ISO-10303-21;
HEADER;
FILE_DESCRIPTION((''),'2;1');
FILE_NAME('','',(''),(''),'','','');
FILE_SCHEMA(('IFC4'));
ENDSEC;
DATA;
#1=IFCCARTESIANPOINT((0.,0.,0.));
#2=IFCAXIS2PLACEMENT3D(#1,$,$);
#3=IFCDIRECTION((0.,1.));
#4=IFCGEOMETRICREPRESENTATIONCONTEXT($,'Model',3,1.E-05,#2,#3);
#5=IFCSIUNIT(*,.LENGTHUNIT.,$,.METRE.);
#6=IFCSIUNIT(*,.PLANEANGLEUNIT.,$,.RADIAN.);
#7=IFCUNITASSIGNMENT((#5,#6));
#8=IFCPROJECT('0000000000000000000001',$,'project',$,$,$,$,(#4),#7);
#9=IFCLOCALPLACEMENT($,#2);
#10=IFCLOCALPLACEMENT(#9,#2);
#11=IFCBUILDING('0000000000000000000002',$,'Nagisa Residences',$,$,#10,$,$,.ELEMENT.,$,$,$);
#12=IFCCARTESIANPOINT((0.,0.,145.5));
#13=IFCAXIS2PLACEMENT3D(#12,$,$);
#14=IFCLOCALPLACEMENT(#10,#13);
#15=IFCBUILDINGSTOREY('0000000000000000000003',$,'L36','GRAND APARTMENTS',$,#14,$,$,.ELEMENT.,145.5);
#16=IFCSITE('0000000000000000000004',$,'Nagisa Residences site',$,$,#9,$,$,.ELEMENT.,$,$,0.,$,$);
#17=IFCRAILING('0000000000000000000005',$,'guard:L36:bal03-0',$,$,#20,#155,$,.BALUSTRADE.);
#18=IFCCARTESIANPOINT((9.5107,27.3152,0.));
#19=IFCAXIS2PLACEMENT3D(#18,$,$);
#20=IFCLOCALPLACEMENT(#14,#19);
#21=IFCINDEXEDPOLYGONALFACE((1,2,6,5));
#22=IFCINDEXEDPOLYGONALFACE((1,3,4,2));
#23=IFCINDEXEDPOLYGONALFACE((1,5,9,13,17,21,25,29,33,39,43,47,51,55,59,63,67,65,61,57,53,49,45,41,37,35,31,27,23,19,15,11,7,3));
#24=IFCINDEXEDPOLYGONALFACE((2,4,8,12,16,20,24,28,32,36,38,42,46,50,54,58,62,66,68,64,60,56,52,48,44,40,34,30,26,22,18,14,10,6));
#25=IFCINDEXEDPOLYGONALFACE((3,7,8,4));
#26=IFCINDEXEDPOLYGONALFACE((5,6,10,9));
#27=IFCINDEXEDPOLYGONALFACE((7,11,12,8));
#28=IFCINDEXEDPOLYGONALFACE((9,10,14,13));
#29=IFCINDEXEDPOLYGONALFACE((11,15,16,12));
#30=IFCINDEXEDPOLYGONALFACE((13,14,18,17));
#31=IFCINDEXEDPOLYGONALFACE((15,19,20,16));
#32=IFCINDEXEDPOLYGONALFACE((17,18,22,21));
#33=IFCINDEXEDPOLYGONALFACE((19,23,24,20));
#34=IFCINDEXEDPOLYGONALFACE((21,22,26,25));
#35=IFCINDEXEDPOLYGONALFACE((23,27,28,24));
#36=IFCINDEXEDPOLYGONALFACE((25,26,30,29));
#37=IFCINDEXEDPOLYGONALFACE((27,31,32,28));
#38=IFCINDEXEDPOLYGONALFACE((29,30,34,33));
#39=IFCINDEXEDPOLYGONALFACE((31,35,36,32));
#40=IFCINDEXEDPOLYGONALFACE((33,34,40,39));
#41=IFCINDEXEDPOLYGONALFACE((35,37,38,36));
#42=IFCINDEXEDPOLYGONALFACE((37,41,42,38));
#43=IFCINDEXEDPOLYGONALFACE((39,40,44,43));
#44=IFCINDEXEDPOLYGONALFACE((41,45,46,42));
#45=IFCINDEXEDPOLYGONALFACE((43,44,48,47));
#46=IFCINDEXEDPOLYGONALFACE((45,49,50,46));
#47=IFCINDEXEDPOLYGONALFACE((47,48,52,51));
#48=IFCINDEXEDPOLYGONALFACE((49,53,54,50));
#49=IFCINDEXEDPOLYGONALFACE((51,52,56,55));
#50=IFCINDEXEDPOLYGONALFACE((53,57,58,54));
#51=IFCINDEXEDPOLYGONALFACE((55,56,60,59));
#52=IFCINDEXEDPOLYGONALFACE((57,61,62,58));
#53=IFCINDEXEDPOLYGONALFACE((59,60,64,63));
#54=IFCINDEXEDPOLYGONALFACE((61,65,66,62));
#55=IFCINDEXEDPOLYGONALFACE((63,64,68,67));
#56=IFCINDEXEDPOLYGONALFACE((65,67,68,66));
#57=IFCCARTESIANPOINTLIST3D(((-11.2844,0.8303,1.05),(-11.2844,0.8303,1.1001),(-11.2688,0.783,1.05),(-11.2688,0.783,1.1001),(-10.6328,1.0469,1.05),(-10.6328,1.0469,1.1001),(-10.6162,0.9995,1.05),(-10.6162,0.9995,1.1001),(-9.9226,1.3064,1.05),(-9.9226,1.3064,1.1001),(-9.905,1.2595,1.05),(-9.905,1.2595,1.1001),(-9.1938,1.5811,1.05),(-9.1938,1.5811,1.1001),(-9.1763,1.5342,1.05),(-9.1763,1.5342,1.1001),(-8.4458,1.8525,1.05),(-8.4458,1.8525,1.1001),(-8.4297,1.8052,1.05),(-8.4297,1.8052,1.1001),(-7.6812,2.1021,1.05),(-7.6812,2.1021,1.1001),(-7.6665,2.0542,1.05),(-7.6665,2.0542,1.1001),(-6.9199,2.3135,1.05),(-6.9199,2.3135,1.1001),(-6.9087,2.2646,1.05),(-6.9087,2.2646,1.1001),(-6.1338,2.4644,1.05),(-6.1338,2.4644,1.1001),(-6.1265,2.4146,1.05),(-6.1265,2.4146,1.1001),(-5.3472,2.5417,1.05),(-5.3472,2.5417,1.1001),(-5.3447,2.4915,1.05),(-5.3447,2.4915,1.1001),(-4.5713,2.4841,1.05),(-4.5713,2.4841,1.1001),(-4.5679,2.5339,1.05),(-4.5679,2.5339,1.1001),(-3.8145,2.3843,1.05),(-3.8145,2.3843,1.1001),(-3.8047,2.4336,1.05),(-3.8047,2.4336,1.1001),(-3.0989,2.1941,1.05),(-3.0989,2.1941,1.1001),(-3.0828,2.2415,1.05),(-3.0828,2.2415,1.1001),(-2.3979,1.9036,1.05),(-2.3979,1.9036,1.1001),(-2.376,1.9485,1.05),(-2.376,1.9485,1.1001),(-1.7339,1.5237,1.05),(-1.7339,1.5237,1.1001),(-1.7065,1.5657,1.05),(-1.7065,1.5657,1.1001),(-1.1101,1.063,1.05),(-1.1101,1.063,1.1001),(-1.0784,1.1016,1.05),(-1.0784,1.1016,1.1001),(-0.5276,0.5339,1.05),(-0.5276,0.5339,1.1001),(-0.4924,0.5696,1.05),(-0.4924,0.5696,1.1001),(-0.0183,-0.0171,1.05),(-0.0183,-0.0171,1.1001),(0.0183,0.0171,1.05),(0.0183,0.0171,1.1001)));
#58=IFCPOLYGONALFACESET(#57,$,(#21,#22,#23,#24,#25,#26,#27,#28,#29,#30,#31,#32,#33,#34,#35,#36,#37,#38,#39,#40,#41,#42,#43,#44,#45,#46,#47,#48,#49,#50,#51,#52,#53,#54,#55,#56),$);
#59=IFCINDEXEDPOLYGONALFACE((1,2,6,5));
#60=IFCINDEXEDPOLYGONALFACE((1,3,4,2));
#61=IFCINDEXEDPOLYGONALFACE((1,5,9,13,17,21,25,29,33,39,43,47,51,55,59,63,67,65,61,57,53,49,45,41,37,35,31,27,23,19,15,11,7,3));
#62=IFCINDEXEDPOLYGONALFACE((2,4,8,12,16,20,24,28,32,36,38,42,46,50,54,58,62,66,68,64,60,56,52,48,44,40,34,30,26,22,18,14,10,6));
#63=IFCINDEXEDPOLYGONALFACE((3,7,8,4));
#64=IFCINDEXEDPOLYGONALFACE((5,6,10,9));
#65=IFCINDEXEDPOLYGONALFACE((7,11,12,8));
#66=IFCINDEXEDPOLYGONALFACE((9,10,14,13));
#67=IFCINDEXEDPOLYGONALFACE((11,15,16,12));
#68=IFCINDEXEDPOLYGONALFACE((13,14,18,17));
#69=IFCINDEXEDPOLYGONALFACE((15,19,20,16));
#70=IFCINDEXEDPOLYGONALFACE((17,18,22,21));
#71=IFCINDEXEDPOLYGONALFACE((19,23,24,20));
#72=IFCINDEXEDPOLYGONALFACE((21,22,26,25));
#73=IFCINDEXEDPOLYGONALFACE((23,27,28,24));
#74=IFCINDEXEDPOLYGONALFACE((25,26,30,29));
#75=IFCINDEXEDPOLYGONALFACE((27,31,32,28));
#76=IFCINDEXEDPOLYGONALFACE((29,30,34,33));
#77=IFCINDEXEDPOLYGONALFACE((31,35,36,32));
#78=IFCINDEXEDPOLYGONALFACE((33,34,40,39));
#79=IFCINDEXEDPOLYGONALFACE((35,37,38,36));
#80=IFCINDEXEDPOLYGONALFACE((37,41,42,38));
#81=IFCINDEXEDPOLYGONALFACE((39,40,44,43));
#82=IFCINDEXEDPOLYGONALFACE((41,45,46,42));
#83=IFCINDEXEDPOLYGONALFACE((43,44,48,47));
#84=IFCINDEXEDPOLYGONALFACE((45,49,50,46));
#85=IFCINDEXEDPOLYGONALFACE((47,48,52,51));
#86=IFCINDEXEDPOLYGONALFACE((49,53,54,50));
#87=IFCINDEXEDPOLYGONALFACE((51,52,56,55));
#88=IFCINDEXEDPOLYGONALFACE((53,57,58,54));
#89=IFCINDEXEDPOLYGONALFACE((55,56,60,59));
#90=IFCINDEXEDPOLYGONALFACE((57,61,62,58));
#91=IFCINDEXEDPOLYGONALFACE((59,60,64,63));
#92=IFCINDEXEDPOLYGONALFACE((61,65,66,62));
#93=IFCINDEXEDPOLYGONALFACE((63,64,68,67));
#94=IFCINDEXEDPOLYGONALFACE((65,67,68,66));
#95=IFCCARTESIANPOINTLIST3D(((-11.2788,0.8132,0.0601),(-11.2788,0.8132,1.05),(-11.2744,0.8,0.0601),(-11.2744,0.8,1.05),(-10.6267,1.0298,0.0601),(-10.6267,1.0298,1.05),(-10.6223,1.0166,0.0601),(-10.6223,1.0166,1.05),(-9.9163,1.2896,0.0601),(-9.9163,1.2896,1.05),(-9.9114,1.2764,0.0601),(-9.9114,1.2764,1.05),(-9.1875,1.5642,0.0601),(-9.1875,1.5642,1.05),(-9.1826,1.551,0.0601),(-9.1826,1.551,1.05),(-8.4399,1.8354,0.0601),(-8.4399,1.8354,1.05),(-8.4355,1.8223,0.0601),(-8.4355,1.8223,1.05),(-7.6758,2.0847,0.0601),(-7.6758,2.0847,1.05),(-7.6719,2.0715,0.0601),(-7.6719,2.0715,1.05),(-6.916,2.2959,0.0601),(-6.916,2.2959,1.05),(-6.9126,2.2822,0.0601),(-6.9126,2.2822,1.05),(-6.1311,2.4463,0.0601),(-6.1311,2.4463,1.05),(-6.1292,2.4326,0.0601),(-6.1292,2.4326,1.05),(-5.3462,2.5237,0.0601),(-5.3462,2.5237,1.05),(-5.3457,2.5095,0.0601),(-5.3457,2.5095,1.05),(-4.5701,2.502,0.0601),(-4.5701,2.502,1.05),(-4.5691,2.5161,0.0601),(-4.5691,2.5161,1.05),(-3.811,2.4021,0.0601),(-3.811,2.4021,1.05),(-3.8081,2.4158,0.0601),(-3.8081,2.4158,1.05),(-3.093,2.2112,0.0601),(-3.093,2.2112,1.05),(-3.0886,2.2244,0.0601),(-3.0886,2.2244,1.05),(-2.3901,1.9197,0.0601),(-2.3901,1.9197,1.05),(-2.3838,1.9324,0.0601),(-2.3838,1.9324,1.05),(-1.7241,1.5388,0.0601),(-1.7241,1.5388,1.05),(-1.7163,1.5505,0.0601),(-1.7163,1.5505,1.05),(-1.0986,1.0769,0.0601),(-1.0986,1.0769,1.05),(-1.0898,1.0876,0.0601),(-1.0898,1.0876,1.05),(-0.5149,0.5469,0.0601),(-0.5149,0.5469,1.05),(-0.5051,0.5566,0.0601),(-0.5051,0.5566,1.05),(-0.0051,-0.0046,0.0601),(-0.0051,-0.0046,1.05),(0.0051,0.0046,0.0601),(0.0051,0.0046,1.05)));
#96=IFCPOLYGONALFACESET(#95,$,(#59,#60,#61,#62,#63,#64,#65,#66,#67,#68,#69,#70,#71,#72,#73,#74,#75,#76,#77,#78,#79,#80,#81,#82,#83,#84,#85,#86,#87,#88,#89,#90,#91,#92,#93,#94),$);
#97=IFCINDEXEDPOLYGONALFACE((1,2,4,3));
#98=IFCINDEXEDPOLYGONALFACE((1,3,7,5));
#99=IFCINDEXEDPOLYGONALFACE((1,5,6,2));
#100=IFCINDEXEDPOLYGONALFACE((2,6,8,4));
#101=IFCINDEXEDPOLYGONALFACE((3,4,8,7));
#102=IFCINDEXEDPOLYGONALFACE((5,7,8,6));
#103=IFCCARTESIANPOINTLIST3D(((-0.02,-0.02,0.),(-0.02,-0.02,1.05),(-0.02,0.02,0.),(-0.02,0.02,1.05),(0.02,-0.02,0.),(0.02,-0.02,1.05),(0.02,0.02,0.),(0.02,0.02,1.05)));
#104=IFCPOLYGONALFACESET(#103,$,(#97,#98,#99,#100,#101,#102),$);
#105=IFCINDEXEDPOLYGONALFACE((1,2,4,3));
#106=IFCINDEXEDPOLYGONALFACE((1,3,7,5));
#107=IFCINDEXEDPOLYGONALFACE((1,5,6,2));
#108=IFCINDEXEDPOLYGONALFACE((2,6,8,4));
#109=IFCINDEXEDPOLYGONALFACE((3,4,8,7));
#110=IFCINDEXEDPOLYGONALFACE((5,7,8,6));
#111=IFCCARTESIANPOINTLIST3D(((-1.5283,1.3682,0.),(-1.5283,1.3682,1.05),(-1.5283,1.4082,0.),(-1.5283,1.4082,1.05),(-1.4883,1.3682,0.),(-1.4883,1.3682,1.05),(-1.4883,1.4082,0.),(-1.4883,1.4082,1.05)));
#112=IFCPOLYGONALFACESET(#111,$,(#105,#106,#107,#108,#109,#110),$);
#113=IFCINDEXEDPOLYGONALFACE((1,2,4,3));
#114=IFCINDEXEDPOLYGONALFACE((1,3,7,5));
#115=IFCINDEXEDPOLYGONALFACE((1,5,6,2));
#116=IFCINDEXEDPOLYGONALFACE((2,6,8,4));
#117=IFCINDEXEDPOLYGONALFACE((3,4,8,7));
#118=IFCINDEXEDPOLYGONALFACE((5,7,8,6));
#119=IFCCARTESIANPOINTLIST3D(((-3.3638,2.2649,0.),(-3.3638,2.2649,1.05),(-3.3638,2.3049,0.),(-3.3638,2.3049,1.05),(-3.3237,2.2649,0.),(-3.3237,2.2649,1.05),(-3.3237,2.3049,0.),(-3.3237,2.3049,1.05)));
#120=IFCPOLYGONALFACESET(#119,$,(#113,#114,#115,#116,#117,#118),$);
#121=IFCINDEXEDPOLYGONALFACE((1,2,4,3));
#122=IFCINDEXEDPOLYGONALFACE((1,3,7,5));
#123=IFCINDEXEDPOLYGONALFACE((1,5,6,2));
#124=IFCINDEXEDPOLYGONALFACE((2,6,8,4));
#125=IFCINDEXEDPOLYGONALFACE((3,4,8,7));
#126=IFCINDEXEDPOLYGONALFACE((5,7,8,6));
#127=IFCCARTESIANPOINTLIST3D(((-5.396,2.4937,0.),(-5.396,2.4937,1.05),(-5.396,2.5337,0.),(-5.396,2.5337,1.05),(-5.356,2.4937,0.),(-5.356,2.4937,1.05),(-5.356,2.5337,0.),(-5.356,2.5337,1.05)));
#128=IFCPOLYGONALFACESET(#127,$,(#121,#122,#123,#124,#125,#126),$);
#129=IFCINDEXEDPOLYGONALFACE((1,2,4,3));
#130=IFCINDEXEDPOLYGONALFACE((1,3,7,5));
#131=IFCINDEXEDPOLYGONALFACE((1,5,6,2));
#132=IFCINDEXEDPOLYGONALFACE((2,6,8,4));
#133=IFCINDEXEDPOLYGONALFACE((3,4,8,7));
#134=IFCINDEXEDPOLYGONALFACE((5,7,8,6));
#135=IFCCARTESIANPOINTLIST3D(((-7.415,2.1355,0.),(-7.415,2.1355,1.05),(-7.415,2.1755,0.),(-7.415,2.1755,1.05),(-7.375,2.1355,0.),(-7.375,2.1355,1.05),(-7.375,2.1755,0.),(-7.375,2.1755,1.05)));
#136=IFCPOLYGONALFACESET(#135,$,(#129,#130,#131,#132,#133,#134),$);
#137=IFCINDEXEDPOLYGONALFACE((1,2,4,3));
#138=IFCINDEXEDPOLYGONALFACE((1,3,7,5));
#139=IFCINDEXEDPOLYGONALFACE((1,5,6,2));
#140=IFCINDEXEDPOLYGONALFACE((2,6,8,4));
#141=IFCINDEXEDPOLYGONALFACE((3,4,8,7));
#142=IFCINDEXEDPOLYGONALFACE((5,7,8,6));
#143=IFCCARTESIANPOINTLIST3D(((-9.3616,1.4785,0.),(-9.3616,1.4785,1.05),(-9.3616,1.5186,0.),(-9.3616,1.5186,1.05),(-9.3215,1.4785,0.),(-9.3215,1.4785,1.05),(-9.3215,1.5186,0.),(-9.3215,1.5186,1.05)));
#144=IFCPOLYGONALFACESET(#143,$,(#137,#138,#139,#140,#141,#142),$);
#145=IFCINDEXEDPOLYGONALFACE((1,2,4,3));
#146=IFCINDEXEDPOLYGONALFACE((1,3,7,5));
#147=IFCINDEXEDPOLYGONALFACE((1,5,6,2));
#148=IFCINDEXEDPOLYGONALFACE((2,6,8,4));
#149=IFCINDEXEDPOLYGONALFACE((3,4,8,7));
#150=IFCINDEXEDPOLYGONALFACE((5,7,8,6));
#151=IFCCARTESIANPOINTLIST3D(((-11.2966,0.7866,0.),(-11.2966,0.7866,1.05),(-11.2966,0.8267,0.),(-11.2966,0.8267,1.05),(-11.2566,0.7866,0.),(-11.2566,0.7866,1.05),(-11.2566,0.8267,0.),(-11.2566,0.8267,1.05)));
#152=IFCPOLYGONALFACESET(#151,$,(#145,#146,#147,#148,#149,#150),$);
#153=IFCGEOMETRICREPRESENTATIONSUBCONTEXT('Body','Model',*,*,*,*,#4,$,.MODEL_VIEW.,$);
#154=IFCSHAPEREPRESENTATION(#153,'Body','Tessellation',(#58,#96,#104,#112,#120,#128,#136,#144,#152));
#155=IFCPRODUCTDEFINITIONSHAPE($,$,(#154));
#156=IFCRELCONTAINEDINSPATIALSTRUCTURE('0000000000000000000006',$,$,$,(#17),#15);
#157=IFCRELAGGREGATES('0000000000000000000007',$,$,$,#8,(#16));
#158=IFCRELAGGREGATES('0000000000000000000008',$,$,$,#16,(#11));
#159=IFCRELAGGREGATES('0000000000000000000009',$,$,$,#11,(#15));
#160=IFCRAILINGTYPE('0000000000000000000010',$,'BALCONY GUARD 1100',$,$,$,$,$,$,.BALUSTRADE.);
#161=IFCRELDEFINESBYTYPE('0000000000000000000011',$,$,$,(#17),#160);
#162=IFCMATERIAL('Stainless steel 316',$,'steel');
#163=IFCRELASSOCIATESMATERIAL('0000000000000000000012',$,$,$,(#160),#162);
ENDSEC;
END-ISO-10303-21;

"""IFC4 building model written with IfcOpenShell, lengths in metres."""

from ifc_helpers import new_model, si_unit, direction, frame, origin, origin_2d, place, context, subcontext, project, spatial, polyline, rectangle, outline, extrude, material, type_object, element, save


model = new_model("IFC4")

# Units and contexts
model_context = context("Model", 3, precision=1e-05, world=origin(), true_north=direction((0.0, 1.0)))
body_context = subcontext(model_context, "Body", "Model", "MODEL_VIEW")
ifc_project = project(units=[si_unit("LENGTHUNIT", "METRE"), si_unit("PLANEANGLEUNIT", "RADIAN")], contexts=[model_context])

# Site, building, storey
site_placement = place(None, origin())
site = spatial("IfcSite", under=ifc_project, at=site_placement, Name="Nagisa Residences site", CompositionType="ELEMENT", RefElevation=0.0)
building_placement = place(site_placement, origin())
building = spatial("IfcBuilding", under=site, at=building_placement, Name="Nagisa Residences", CompositionType="ELEMENT")
storey_placement = place(building_placement, frame((0.0, 0.0, 145.5)))
storey = spatial("IfcBuildingStorey", under=building, at=storey_placement, Name="L36", Description="GRAND APARTMENTS", CompositionType="ELEMENT", Elevation=145.5)

# Railing
ifc_material_1 = material(Name="Stainless steel 316", Category="steel")
railing_type_1 = type_object("IfcRailingType", Name="BALCONY GUARD 1100", PredefinedType="BALUSTRADE", material=ifc_material_1)
railing_1_placement = place(storey_placement, frame((9.5107, 27.3152, 0.0)))
element("IfcRailing", 1, at=railing_1_placement, inside=storey, type_object=railing_type_1, Name="guard:L36:bal03-0", PredefinedType="BALUSTRADE", context=body_context, shape_type="SweptSolid", body=[
    extrude(outline(polyline([(-0.5276, 0.5339), (-0.0183, -0.0171), (0.0183, 0.0171), (-0.4924, 0.5696), (-1.0784, 1.1016), (-1.7065, 1.5657), (-2.376, 1.9485), (-3.0828, 2.2415), (-3.8047, 2.4336), (-4.5679, 2.5339), (-5.3472, 2.5417), (-6.1338, 2.4644), (-6.9199, 2.3135), (-7.6812, 2.1021), (-8.4458, 1.8525), (-9.1938, 1.5811), (-9.9226, 1.3064), (-10.6328, 1.0469), (-11.2844, 0.8303), (-11.2688, 0.783), (-10.6162, 0.9995), (-9.905, 1.2595), (-9.1763, 1.5342), (-8.4297, 1.8052), (-7.6665, 2.0542), (-6.9087, 2.2646), (-6.1265, 2.4146), (-5.3447, 2.4915), (-4.5713, 2.4841), (-3.8145, 2.3843), (-3.0989, 2.1941), (-2.3979, 1.9036), (-1.7339, 1.5237), (-1.1101, 1.063), (-0.5276, 0.5339)])), frame((0.0, 0.0, 1.05)), (0.0, 0.0, 1.0), 0.05),
    extrude(outline(polyline([(-0.5149, 0.5469), (-0.0051, -0.0046), (0.0051, 0.0046), (-0.5051, 0.5566), (-1.0898, 1.0876), (-1.7163, 1.5505), (-2.3838, 1.9324), (-3.0886, 2.2244), (-3.8081, 2.4158), (-4.5691, 2.5161), (-5.3462, 2.5237), (-6.1311, 2.4463), (-6.916, 2.2959), (-7.6758, 2.0847), (-8.4399, 1.8354), (-9.1875, 1.5642), (-9.9163, 1.2896), (-10.6267, 1.0298), (-11.2788, 0.8132), (-11.2744, 0.8), (-10.6223, 1.0166), (-9.9114, 1.2764), (-9.1826, 1.551), (-8.4355, 1.8223), (-7.6719, 2.0715), (-6.9126, 2.2822), (-6.1292, 2.4326), (-5.3457, 2.5095), (-4.5701, 2.502), (-3.811, 2.4021), (-3.093, 2.2112), (-2.3901, 1.9197), (-1.7241, 1.5388), (-1.0986, 1.0769), (-0.5149, 0.5469)])), frame((0.0, 0.0, 0.0601)), (0.0, 0.0, 1.0), 0.99),
    extrude(rectangle(XDim=0.04, YDim=0.04, at=origin_2d()), origin(), (0.0, 0.0, 1.0), 1.05),
    extrude(rectangle(XDim=0.04, YDim=0.04, at=origin_2d()), frame((-1.5083, 1.3882, 0.0)), (0.0, 0.0, 1.0), 1.05),
    extrude(rectangle(XDim=0.04, YDim=0.04, at=origin_2d()), frame((-3.3438, 2.2849, 0.0)), (0.0, 0.0, 1.0), 1.05),
    extrude(rectangle(XDim=0.04, YDim=0.04, at=origin_2d()), frame((-5.376, 2.5137, 0.0)), (0.0, 0.0, 1.0), 1.05),
    extrude(rectangle(XDim=0.04, YDim=0.04, at=origin_2d()), frame((-7.395, 2.1555, 0.0)), (0.0, 0.0, 1.0), 1.05),
    extrude(rectangle(XDim=0.04, YDim=0.04, at=origin_2d()), frame((-9.3416, 1.4985, 0.0)), (0.0, 0.0, 1.0), 1.05),
    extrude(rectangle(XDim=0.04, YDim=0.04, at=origin_2d()), frame((-11.2766, 0.8066, 0.0)), (0.0, 0.0, 1.0), 1.05),
])

save(model, "model.ifc")
